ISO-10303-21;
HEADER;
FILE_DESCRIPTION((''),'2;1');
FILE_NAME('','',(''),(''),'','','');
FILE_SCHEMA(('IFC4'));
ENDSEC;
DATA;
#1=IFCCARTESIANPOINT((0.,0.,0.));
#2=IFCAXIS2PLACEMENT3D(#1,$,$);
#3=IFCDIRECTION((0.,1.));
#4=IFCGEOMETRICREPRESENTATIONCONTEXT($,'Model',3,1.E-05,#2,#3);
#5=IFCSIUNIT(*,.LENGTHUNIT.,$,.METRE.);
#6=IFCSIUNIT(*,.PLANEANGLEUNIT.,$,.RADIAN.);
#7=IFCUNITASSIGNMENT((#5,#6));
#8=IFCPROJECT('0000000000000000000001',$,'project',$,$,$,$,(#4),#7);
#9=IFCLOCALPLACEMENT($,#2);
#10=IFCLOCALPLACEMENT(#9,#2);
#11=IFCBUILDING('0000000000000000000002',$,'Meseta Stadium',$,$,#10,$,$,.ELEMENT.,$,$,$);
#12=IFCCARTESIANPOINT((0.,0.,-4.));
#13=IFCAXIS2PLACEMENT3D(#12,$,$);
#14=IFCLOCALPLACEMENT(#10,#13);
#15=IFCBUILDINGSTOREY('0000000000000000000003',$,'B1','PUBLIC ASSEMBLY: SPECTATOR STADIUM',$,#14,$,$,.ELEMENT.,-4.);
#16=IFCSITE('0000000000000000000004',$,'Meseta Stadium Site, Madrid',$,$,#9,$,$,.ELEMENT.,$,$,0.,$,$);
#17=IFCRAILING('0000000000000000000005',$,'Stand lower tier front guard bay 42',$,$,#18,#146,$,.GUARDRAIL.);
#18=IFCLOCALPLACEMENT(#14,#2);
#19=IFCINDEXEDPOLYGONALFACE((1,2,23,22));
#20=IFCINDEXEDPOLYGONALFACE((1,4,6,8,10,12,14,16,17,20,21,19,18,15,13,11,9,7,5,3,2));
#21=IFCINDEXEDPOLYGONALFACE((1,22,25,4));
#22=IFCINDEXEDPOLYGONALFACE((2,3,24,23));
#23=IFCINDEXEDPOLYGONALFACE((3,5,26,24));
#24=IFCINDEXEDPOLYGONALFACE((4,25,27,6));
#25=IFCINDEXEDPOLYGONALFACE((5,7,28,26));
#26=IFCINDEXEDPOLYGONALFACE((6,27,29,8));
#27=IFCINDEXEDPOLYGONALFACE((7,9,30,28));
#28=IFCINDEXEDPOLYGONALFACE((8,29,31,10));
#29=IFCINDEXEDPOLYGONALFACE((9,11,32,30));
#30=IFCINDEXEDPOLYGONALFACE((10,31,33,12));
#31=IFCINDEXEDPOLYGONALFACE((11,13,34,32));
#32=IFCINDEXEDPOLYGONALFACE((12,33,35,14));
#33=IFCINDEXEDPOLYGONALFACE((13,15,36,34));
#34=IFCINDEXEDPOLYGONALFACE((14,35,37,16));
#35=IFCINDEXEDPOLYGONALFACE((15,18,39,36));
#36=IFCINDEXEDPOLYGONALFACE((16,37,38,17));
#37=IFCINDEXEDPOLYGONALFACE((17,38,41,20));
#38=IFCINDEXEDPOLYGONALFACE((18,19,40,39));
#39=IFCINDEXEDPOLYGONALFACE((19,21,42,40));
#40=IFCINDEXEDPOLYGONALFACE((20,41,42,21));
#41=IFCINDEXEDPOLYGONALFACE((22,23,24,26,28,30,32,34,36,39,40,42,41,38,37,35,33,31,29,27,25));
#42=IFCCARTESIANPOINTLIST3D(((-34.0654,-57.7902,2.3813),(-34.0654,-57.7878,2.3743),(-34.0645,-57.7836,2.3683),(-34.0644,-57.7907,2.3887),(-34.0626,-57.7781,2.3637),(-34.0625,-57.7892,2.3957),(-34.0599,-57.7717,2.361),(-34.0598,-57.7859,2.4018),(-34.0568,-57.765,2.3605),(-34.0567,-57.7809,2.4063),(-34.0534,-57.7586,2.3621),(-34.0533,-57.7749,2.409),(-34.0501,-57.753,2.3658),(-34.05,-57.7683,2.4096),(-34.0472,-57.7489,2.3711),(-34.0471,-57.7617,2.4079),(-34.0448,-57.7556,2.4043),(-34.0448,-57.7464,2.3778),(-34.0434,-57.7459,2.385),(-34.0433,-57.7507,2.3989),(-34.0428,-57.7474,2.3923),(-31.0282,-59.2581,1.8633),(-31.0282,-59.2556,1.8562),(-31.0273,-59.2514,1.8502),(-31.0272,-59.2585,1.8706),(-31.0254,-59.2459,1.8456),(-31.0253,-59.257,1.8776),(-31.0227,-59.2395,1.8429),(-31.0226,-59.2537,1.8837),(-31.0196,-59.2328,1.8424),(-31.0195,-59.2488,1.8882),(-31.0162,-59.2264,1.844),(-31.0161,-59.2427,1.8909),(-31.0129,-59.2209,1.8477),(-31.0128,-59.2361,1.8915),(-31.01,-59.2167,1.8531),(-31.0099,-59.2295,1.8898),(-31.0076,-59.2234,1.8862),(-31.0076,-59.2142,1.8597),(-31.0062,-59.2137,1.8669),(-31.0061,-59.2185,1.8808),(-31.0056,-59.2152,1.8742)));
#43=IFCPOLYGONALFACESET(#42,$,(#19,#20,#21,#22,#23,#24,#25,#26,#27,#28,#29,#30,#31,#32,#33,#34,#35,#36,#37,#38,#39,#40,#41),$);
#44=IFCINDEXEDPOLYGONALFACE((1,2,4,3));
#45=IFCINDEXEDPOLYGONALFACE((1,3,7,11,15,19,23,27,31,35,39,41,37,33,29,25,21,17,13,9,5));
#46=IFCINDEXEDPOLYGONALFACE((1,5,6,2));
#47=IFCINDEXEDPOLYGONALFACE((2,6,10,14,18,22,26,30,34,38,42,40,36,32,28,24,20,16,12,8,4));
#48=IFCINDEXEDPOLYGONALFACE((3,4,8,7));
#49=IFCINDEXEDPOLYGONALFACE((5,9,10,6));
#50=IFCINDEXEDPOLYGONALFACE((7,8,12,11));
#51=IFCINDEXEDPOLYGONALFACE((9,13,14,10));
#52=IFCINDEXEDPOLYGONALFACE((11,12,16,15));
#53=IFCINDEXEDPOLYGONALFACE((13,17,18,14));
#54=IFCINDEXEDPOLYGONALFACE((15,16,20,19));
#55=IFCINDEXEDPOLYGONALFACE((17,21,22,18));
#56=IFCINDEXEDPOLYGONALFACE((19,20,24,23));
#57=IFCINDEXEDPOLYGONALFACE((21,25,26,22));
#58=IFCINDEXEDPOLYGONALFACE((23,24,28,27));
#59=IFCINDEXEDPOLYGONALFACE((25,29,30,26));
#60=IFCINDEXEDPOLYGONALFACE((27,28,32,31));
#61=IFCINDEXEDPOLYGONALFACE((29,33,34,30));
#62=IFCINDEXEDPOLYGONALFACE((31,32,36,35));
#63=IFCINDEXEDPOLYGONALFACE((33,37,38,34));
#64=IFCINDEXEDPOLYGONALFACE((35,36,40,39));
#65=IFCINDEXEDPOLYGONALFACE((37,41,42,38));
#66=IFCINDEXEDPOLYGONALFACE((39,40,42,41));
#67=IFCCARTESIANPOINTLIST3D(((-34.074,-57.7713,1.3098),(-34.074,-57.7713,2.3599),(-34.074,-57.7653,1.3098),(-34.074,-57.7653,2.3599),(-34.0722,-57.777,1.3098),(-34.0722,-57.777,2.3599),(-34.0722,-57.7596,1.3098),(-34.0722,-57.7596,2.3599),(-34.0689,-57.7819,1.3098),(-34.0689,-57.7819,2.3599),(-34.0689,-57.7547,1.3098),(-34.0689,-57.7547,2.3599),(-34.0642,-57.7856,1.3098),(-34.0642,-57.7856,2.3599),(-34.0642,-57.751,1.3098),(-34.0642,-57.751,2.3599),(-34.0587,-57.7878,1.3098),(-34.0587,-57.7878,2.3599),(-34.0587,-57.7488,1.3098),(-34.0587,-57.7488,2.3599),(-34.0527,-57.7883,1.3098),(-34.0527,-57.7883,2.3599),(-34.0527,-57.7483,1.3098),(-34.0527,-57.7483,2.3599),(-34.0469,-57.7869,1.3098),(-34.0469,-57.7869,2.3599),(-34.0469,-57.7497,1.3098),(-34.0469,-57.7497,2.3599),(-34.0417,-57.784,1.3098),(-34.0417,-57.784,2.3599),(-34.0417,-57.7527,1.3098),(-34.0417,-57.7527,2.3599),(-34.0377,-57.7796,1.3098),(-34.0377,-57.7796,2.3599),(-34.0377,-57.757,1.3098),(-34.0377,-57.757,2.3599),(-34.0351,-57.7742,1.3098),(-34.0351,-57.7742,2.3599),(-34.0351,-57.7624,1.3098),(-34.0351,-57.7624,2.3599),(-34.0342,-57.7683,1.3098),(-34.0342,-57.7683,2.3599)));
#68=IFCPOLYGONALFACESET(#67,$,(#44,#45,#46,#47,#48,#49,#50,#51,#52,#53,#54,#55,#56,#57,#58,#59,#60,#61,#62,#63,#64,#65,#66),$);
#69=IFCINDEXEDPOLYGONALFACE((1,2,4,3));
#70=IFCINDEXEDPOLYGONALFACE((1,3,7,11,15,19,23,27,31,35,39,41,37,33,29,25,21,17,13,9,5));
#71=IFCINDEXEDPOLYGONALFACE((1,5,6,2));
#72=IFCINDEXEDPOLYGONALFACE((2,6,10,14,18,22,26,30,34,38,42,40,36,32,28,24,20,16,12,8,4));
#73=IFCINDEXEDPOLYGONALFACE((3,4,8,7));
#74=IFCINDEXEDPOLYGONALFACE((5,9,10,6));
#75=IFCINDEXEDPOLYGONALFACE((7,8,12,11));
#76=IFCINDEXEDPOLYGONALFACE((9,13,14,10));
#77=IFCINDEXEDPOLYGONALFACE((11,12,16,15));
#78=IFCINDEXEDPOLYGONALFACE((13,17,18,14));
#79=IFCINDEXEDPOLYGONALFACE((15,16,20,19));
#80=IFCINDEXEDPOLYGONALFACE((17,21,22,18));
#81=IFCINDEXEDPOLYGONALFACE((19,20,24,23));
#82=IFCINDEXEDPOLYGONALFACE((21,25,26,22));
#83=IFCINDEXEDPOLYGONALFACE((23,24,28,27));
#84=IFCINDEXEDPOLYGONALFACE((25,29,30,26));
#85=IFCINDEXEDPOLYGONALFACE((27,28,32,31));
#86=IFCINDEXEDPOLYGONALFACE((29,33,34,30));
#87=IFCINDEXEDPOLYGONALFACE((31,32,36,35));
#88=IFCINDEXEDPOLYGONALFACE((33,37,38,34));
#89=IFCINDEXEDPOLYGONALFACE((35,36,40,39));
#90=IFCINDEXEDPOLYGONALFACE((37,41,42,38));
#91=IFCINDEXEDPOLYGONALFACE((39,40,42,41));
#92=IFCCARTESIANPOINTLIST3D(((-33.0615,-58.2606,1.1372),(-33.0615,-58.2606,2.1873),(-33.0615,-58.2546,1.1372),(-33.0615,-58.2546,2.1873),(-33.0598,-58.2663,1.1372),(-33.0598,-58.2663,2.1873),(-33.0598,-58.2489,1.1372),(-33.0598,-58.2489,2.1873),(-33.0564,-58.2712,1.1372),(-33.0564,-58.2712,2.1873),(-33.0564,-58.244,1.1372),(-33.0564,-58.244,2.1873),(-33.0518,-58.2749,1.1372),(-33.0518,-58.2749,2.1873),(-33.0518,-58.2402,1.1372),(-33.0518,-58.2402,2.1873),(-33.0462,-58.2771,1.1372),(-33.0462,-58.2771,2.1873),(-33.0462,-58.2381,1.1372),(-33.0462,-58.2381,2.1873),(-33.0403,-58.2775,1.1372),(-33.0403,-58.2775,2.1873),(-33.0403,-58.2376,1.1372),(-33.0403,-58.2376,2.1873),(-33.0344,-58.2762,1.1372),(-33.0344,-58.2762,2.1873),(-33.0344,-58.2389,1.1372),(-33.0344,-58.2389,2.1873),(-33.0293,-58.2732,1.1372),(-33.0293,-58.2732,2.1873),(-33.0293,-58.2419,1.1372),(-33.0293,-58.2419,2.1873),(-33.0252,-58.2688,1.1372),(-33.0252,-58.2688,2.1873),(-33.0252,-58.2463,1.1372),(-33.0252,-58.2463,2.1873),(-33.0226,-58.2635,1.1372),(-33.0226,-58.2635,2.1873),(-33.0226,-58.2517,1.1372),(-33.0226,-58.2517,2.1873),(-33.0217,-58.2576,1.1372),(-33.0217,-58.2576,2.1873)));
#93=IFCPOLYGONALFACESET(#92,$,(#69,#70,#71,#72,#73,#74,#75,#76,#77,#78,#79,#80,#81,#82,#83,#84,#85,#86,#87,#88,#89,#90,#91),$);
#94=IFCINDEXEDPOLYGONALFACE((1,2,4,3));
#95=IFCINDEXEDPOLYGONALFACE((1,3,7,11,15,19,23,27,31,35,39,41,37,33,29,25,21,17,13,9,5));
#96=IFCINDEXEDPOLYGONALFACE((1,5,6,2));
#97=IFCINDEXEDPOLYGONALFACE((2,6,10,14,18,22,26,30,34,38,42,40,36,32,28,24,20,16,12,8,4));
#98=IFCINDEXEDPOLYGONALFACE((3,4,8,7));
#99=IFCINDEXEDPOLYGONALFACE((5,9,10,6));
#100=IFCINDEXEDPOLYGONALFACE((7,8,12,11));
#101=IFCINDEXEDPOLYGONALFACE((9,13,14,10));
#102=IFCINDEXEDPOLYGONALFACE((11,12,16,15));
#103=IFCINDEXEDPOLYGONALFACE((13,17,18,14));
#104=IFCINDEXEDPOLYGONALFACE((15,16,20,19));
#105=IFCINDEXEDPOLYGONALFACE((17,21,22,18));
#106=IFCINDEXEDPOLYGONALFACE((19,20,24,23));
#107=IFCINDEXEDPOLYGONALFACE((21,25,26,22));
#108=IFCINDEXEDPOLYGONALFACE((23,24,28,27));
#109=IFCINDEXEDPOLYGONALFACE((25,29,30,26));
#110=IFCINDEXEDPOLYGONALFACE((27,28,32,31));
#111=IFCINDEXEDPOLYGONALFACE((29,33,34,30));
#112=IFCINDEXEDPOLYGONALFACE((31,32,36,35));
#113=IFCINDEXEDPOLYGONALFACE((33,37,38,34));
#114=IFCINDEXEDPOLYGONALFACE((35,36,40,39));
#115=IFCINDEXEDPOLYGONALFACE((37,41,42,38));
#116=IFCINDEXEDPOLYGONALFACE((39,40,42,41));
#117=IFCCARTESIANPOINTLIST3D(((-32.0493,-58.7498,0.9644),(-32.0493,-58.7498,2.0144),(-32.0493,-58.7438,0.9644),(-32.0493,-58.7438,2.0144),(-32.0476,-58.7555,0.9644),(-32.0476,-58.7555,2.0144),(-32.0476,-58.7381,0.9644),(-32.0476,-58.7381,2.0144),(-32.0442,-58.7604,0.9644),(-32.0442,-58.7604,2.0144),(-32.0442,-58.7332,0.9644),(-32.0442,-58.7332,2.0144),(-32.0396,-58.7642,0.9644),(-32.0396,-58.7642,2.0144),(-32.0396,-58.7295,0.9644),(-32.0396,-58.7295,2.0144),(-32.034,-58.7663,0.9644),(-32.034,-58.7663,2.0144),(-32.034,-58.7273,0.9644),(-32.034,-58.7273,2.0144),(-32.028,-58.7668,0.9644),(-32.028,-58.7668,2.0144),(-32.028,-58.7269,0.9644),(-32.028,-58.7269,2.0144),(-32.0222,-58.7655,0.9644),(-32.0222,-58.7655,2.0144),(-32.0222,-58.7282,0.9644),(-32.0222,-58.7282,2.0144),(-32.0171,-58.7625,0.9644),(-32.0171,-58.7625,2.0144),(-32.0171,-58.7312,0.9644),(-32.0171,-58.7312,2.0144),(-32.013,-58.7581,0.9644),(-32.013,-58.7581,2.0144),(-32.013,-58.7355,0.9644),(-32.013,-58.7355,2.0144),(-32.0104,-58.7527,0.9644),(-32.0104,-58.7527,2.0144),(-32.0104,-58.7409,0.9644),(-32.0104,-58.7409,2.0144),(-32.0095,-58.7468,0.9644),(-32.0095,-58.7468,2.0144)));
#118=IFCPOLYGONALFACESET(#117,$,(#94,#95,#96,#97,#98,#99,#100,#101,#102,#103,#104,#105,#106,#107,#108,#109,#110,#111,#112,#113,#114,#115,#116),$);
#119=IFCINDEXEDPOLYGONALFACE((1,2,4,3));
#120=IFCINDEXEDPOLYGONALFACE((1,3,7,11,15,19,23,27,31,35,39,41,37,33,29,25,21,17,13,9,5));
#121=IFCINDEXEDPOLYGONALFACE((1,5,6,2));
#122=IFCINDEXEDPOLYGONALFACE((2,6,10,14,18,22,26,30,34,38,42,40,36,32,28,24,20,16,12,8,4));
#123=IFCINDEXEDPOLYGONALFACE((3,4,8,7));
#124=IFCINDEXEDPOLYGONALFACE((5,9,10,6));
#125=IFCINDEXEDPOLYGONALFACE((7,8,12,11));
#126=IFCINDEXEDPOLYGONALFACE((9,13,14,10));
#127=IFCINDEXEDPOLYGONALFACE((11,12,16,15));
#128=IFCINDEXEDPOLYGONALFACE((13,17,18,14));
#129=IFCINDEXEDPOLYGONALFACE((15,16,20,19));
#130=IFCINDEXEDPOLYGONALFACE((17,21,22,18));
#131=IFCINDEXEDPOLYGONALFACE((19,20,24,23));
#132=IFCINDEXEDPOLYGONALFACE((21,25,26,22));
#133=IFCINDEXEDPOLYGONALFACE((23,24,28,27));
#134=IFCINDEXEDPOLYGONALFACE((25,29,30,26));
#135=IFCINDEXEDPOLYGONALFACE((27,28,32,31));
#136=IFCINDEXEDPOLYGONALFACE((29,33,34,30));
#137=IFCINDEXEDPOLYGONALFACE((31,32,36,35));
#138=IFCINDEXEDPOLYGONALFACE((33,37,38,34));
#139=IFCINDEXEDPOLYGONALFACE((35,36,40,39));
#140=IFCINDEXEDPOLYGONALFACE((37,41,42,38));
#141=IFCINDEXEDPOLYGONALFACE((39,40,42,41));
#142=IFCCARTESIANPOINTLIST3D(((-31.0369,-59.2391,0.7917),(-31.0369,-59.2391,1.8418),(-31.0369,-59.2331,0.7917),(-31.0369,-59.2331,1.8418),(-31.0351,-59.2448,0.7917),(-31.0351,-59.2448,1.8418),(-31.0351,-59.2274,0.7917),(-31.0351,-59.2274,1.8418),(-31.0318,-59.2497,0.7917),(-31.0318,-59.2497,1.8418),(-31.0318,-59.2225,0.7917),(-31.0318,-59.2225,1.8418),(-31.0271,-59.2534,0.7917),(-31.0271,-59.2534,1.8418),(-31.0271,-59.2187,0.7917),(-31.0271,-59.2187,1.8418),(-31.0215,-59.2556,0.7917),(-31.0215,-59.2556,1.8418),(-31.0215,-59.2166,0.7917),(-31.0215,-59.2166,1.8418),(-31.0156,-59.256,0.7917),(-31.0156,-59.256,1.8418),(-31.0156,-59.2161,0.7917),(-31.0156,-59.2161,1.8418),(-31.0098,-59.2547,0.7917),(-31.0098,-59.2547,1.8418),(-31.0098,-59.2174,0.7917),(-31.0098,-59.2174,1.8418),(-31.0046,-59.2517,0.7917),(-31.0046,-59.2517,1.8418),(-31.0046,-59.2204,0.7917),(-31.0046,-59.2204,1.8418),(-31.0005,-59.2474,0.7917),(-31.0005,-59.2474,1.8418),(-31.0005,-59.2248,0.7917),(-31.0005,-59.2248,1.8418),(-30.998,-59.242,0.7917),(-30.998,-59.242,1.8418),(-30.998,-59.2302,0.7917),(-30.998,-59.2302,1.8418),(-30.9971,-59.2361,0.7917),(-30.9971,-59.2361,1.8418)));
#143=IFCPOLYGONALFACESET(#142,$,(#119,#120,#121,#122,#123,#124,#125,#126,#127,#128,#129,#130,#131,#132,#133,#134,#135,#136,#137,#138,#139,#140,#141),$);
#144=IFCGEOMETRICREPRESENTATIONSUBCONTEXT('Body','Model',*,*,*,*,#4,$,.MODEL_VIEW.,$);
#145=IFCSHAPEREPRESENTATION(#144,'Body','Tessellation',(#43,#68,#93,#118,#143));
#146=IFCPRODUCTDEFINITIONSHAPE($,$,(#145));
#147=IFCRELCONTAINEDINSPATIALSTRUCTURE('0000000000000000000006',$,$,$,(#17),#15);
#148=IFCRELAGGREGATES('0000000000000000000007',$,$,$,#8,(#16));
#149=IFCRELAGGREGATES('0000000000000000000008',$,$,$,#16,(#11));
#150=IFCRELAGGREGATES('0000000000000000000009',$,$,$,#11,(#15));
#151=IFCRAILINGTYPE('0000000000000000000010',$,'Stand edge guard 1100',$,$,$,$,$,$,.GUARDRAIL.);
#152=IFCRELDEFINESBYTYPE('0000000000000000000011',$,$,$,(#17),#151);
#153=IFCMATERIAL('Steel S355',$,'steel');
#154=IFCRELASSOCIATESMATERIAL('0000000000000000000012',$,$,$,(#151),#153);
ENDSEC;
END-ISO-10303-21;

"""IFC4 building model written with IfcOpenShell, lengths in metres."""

from ifc_helpers import new_model, si_unit, direction, frame, origin, origin_2d, place, context, subcontext, project, spatial, circle, extrude, material, type_object, element, save


model = new_model("IFC4")

# Units and contexts
model_context = context("Model", 3, precision=1e-05, world=origin(), true_north=direction((0.0, 1.0)))
body_context = subcontext(model_context, "Body", "Model", "MODEL_VIEW")
ifc_project = project(units=[si_unit("LENGTHUNIT", "METRE"), si_unit("PLANEANGLEUNIT", "RADIAN")], contexts=[model_context])

# Site, building, storey
site_placement = place(None, origin())
site = spatial("IfcSite", under=ifc_project, at=site_placement, Name="Meseta Stadium Site, Madrid", CompositionType="ELEMENT", RefElevation=0.0)
building_placement = place(site_placement, origin())
building = spatial("IfcBuilding", under=site, at=building_placement, Name="Meseta Stadium", CompositionType="ELEMENT")
storey_placement = place(building_placement, frame((0.0, 0.0, -4.0)))
storey = spatial("IfcBuildingStorey", under=building, at=storey_placement, Name="B1", Description="PUBLIC ASSEMBLY: SPECTATOR STADIUM", CompositionType="ELEMENT", Elevation=-4.0)

# Railing
ifc_material_1 = material(Name="Steel S355", Category="steel")
railing_type = type_object("IfcRailingType", Name="Stand edge guard 1100", PredefinedType="GUARDRAIL", material=ifc_material_1)
railing_1_placement = place(storey_placement, frame((-34.0542, -57.7683, 1.3098)))
element("IfcRailing", 1, at=railing_1_placement, inside=storey, type_object=railing_type, Name="Stand lower tier front guard bay 42", PredefinedType="GUARDRAIL", context=body_context, shape_type="SweptSolid", body=[
    extrude(circle(Radius=0.0249, at=origin_2d()), frame((0.0, 0.0, 1.0752), z_axis=(0.889933, -0.430087, -0.151804), x_axis=(0.43513, 0.900368, 0.0)), (0.0, 0.0, 1.0), 3.4128),
    extrude(circle(Radius=0.02, at=origin_2d()), origin(), (0.0, 0.0, 1.0), 1.05),
    extrude(circle(Radius=0.02, at=origin_2d()), frame((1.0125, -0.4893, -0.1726)), (0.0, 0.0, 1.0), 1.05),
    extrude(circle(Radius=0.02, at=origin_2d()), frame((2.0247, -0.9785, -0.3455)), (0.0, 0.0, 1.0), 1.05),
    extrude(circle(Radius=0.02, at=origin_2d()), frame((3.0371, -1.4678, -0.5181)), (0.0, 0.0, 1.0), 1.05),
])

save(model, "model.ifc")
